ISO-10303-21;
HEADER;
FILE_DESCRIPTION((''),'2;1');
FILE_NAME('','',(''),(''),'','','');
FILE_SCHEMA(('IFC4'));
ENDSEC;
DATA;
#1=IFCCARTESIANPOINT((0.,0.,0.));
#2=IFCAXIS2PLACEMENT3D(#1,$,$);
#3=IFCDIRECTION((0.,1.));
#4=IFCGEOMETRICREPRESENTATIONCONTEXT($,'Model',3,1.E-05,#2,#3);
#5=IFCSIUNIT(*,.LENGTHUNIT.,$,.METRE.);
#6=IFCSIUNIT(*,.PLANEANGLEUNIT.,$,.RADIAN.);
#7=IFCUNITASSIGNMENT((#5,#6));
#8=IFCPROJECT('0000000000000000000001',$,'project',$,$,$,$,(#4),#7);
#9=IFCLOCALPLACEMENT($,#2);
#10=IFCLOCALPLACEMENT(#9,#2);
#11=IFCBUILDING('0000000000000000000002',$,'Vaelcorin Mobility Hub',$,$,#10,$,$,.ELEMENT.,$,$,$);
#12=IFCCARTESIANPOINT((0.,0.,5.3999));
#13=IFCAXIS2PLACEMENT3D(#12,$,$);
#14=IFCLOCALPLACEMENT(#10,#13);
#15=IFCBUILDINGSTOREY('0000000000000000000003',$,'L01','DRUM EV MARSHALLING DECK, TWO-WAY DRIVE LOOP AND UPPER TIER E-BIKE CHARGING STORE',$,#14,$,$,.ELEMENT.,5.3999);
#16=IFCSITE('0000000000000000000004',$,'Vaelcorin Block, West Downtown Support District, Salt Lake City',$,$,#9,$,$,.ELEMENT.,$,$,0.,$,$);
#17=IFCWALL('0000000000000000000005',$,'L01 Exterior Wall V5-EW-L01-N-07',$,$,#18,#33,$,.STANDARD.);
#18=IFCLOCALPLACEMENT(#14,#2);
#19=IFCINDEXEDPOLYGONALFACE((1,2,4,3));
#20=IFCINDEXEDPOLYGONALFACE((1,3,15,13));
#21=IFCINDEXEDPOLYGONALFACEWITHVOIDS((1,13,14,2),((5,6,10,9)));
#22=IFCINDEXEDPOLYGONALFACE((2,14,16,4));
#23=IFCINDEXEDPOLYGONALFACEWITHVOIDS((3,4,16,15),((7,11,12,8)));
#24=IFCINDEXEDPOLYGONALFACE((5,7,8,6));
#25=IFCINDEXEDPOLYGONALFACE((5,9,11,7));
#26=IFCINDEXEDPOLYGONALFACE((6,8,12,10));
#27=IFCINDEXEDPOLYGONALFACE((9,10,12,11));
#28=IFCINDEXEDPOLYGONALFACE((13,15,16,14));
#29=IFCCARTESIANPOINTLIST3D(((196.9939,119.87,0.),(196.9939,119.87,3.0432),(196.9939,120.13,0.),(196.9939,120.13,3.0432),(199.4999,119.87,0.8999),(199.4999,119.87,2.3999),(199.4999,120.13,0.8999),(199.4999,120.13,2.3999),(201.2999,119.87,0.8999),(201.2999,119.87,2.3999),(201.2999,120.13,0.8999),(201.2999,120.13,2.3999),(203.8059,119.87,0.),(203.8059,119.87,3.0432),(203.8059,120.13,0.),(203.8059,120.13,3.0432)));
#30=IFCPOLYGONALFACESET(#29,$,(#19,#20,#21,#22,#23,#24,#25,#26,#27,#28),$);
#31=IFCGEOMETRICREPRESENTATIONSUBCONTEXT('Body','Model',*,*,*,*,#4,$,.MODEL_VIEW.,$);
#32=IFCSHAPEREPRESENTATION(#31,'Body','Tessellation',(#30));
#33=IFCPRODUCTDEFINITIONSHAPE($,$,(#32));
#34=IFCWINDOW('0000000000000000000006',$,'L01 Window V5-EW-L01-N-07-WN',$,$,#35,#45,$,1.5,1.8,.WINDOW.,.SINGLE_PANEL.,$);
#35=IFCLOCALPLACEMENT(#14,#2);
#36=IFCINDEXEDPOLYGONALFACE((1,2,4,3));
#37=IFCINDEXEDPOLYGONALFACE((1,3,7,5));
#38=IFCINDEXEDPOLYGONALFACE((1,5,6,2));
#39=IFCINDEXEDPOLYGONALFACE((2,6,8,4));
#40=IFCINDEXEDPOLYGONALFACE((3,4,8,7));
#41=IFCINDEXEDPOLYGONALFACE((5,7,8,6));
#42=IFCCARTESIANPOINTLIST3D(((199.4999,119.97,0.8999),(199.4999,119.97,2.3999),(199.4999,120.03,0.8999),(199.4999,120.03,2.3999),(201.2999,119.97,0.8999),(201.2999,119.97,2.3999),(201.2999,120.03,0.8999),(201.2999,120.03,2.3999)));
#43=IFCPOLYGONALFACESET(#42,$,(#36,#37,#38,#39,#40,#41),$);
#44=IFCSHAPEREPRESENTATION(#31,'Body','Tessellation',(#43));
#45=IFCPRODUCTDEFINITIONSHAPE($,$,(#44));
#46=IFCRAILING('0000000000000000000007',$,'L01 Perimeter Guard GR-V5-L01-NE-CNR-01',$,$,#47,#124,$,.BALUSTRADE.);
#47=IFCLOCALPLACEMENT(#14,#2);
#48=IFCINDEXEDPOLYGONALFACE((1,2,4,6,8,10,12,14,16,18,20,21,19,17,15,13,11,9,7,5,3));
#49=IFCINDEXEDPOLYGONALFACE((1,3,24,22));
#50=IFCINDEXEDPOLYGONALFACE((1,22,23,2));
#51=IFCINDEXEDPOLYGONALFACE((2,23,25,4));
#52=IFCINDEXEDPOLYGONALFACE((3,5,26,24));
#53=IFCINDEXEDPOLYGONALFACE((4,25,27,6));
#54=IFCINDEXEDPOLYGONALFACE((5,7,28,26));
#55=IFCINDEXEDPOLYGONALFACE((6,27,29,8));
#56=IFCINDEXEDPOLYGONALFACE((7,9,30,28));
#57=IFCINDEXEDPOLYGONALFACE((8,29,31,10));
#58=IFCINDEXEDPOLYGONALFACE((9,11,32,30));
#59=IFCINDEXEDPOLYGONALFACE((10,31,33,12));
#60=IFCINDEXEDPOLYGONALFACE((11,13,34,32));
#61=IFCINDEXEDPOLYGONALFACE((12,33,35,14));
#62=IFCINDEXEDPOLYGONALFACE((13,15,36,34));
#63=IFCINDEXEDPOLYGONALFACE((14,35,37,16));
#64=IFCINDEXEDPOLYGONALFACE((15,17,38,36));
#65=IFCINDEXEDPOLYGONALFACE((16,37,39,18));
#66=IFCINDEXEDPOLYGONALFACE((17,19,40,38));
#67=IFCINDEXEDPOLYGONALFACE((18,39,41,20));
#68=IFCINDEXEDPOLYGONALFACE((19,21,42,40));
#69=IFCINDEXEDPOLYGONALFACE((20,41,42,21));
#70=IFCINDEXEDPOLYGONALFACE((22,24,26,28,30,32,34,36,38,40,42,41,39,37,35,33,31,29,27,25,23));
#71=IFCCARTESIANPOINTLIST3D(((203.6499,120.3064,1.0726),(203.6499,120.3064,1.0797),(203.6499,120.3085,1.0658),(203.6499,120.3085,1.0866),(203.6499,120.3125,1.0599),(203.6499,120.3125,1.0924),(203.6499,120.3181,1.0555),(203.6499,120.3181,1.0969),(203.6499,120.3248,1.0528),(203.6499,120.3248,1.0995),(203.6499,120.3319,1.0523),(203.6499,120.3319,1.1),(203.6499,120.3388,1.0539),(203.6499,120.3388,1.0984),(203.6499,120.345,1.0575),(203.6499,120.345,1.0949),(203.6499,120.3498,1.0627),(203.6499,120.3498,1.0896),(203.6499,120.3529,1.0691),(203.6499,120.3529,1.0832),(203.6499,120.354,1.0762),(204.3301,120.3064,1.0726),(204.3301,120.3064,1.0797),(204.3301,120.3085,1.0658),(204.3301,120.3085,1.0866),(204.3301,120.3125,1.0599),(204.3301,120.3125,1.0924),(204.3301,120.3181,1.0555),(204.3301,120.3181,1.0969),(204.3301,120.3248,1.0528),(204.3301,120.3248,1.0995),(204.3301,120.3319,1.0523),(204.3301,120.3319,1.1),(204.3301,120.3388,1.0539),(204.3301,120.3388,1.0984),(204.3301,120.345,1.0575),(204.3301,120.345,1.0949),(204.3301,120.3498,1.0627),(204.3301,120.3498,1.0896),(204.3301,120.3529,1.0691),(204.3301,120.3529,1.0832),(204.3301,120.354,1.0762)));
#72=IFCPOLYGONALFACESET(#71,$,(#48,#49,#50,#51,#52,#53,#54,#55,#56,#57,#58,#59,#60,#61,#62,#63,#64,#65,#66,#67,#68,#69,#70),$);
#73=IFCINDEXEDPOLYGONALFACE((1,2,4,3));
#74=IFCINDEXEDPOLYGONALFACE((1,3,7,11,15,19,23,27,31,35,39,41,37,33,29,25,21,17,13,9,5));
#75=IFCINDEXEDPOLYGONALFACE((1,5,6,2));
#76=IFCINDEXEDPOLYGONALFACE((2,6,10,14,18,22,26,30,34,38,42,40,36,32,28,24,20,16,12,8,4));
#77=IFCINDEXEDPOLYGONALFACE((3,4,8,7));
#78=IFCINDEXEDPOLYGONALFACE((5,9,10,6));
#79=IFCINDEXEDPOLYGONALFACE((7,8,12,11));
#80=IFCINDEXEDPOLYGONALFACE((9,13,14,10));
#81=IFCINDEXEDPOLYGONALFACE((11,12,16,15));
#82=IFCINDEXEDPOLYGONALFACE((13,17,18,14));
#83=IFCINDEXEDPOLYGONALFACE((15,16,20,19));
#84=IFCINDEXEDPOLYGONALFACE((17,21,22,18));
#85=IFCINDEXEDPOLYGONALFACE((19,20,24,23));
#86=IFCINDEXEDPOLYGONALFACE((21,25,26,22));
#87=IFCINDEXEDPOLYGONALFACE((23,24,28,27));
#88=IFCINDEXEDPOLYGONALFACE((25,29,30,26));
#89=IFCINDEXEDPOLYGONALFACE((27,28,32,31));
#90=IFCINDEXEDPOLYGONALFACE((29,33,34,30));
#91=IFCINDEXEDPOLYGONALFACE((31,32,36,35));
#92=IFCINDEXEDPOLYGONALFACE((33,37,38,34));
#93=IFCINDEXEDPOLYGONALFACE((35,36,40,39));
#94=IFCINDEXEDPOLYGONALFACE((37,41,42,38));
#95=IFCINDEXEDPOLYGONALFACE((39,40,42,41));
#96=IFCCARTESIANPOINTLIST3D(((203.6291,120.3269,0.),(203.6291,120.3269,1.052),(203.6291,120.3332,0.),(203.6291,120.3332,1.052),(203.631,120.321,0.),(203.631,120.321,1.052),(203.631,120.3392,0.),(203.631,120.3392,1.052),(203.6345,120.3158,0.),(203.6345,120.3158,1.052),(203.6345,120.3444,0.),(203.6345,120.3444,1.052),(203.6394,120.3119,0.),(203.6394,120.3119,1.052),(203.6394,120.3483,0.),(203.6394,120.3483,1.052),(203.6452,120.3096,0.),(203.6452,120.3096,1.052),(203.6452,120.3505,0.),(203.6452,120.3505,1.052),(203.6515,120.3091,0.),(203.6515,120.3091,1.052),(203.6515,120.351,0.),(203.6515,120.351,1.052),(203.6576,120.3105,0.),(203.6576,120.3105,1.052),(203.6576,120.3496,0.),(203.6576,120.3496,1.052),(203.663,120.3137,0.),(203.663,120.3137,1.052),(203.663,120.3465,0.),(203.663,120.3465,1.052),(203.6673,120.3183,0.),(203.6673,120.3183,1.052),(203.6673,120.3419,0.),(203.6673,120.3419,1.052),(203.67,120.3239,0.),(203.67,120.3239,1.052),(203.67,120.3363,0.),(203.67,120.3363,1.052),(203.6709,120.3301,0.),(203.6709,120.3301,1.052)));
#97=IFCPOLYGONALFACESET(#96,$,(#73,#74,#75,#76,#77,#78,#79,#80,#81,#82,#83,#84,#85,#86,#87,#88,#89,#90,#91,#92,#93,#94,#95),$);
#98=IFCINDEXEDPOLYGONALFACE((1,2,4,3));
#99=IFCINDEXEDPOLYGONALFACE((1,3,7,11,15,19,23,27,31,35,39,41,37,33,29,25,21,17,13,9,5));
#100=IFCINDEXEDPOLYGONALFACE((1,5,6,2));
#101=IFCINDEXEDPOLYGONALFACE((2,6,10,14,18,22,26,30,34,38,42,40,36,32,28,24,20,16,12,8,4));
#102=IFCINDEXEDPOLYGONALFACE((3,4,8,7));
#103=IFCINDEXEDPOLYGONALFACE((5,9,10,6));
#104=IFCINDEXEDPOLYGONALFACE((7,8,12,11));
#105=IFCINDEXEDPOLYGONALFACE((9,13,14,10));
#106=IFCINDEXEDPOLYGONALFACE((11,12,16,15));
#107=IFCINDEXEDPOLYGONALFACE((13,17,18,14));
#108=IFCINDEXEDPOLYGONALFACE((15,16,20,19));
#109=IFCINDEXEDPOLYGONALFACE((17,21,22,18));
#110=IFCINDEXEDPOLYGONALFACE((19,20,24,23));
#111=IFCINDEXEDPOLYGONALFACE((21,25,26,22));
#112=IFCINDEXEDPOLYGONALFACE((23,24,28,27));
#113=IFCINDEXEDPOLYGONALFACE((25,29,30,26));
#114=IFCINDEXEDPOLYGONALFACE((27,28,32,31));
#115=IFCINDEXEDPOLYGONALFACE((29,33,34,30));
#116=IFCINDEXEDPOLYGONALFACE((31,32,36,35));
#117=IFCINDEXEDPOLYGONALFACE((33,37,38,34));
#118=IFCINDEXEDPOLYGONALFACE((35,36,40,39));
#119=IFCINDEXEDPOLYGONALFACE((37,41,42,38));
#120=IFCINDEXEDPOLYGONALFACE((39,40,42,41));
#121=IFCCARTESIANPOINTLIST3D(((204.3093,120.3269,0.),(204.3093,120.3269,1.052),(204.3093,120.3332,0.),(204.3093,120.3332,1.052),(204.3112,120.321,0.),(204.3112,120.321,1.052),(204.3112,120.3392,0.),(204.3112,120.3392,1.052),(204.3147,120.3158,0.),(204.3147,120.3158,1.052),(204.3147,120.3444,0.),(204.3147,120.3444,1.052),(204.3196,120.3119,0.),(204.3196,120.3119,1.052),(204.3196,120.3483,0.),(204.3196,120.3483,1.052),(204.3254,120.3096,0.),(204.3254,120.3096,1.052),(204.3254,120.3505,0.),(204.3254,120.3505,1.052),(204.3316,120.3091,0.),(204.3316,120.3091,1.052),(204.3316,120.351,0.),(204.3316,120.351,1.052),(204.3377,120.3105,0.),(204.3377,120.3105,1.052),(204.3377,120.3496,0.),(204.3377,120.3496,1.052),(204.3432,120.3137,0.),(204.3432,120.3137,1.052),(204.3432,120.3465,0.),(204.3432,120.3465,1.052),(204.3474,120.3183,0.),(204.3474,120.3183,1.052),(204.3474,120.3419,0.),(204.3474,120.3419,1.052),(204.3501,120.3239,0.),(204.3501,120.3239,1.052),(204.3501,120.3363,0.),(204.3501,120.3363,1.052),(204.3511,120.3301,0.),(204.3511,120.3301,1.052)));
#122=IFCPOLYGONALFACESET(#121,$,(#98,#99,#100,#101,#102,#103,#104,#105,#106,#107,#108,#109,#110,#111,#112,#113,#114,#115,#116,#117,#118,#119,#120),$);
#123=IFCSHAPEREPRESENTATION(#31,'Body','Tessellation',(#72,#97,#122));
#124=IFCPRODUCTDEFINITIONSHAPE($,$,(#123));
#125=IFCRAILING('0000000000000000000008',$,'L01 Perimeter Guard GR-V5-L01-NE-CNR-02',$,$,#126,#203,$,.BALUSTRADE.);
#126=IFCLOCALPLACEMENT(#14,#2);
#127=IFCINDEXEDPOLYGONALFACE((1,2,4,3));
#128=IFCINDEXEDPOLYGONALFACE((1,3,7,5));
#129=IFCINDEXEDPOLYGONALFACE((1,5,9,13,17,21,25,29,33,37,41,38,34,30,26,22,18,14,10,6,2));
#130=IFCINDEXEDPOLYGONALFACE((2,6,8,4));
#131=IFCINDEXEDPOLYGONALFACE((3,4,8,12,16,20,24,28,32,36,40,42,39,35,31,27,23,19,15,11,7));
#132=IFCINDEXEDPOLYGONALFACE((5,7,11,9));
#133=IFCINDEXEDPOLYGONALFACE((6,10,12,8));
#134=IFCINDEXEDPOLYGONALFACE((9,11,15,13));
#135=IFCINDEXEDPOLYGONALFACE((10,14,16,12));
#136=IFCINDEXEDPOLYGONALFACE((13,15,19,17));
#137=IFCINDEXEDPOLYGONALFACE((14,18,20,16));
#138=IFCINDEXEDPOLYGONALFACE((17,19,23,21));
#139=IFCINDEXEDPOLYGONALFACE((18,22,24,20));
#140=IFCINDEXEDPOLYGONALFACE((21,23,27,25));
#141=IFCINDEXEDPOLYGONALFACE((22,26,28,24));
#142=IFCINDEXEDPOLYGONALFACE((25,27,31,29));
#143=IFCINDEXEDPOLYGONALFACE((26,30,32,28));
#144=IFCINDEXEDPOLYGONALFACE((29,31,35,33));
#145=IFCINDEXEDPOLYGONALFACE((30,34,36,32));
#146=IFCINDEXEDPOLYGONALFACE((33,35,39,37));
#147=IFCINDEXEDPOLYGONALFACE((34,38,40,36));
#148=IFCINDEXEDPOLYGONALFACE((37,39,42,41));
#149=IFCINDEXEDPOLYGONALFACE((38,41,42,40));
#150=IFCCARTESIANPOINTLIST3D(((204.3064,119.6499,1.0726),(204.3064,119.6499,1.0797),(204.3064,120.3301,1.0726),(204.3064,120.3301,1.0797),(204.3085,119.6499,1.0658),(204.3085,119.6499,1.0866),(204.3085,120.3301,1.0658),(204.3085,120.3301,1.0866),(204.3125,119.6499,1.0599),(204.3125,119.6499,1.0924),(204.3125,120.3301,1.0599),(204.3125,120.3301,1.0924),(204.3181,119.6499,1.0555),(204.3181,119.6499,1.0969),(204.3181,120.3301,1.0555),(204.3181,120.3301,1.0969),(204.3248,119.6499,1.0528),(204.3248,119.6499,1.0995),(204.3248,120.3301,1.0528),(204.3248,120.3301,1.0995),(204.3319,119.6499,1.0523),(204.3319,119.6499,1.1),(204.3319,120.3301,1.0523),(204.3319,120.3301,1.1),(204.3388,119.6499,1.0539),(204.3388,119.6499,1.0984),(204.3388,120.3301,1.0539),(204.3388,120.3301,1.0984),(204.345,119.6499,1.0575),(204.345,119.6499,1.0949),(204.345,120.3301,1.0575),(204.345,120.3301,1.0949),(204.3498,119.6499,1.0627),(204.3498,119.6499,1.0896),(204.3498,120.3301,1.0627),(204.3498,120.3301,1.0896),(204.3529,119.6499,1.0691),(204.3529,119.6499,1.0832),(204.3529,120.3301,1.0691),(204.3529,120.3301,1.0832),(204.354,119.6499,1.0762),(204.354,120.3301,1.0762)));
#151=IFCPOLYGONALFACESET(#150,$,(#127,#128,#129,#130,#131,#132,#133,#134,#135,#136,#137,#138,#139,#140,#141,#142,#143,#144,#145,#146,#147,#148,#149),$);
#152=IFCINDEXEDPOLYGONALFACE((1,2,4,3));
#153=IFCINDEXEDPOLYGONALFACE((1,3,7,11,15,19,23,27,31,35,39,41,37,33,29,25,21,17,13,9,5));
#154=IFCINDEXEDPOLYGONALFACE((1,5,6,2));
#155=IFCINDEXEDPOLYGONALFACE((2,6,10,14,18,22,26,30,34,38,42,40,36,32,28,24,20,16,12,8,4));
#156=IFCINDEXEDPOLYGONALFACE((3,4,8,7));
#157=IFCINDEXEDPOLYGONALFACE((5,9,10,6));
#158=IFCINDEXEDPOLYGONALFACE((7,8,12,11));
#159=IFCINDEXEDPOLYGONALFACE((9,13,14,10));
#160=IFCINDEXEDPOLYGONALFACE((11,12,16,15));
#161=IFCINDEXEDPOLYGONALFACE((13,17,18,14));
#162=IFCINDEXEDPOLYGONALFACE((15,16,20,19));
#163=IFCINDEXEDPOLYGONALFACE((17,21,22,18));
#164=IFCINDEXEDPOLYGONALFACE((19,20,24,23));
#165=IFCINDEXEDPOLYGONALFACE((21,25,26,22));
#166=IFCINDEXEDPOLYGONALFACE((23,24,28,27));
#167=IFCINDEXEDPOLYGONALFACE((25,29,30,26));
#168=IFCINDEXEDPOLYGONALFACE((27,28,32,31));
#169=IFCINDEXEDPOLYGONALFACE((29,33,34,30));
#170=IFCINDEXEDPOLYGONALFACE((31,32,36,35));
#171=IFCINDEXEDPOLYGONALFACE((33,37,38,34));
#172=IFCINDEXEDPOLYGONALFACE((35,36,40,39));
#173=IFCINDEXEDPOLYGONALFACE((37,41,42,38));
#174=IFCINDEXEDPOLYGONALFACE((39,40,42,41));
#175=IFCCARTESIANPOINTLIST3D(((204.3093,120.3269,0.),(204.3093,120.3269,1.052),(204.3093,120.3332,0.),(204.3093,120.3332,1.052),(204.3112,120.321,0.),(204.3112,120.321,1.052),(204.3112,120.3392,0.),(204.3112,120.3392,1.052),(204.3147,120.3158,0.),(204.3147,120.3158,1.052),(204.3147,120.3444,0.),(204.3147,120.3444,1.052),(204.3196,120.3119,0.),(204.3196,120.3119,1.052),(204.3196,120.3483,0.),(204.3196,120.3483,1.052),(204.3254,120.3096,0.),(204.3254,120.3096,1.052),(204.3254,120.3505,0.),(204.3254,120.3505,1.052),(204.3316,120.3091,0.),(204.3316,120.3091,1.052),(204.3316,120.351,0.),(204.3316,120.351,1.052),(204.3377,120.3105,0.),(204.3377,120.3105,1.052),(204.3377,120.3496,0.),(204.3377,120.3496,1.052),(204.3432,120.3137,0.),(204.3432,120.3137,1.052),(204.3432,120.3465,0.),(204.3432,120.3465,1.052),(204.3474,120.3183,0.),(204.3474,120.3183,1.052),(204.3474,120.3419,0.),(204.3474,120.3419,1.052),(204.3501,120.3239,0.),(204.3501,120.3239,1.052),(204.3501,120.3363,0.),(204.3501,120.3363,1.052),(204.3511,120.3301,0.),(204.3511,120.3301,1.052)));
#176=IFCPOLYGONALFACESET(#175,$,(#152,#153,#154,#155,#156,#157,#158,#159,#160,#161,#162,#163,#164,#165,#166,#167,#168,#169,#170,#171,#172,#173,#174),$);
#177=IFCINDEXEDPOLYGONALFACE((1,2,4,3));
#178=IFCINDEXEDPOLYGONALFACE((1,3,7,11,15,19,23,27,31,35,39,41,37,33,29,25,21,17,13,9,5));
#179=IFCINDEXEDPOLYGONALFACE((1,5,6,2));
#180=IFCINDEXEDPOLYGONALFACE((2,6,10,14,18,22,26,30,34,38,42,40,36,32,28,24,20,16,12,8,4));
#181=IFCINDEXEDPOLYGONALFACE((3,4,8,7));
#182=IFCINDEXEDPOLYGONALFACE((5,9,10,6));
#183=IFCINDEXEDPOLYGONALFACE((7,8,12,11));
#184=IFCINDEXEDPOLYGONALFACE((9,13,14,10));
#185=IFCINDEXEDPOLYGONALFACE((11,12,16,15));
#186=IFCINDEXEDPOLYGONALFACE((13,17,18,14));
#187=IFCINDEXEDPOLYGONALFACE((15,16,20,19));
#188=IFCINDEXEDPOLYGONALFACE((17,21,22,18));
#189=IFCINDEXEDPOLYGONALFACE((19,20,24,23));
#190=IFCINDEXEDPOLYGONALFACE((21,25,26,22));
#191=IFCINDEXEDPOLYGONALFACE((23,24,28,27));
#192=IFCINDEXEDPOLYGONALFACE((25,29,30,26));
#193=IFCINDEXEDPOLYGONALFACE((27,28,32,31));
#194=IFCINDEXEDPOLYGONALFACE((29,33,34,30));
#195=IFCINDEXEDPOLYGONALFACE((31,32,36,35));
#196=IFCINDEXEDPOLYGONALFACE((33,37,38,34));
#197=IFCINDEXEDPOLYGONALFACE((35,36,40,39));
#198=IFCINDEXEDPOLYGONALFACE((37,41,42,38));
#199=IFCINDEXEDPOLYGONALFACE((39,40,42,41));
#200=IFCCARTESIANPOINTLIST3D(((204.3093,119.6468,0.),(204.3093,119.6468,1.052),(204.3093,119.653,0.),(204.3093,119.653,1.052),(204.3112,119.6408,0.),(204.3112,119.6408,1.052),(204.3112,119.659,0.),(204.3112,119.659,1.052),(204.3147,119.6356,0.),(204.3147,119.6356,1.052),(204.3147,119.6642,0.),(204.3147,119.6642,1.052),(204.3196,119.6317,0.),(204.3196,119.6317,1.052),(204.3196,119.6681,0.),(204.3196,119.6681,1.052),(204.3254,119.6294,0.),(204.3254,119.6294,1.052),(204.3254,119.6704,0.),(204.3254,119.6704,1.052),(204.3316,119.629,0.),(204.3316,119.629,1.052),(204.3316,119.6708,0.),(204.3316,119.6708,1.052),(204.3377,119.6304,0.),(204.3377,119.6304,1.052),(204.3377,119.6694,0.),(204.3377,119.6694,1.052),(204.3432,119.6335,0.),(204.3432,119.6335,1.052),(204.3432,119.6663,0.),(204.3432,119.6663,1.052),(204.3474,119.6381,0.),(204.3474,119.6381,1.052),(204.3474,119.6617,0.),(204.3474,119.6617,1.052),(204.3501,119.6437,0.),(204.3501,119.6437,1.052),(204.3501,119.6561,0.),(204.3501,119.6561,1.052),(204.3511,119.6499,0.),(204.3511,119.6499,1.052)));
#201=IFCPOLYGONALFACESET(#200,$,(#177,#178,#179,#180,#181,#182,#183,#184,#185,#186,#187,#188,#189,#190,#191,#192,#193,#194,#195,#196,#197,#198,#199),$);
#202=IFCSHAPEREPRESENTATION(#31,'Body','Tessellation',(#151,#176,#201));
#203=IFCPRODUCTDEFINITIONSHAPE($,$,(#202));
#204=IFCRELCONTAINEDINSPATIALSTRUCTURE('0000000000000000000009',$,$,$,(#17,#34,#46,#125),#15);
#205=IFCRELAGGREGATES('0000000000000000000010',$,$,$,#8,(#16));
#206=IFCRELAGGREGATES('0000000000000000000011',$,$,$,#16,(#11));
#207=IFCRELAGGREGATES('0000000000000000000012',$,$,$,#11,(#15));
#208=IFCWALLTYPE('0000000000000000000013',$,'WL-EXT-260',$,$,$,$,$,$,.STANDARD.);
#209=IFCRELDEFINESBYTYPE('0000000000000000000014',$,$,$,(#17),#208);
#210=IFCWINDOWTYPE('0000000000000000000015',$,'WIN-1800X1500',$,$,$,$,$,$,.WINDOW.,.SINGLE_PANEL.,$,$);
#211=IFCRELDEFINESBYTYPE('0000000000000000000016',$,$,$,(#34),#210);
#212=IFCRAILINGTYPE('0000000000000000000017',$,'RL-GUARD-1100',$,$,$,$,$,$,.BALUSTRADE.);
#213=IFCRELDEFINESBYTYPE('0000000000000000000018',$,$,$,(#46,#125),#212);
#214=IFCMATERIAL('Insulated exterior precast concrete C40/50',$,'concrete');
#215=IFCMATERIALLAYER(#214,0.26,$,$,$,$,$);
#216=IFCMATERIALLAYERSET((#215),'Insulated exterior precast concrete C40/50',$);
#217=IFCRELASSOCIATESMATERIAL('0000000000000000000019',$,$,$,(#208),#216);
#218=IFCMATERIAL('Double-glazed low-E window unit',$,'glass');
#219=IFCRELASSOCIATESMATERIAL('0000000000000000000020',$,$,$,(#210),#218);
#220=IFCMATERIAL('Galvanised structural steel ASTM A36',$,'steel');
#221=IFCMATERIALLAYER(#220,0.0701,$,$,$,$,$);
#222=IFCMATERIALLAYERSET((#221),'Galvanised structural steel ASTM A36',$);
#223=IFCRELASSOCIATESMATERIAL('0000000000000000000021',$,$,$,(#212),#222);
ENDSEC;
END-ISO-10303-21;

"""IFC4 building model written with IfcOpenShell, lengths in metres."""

from ifc_helpers import new_model, si_unit, direction, frame, frame_2d, origin, origin_2d, place, context, subcontext, project, spatial, rectangle, circle, extrude, material, layer, layer_set, type_object, element, fill, save


model = new_model("IFC4")

# Units and contexts
model_context = context("Model", 3, precision=1e-05, world=origin(), true_north=direction((0.0, 1.0)))
body_context = subcontext(model_context, "Body", "Model", "MODEL_VIEW")
ifc_project = project(units=[si_unit("LENGTHUNIT", "METRE"), si_unit("PLANEANGLEUNIT", "RADIAN")], contexts=[model_context])

# Site, building, storey
site_placement = place(None, origin())
site = spatial("IfcSite", under=ifc_project, at=site_placement, Name="Vaelcorin Block, West Downtown Support District, Salt Lake City", CompositionType="ELEMENT", RefElevation=0.0)
building_placement = place(site_placement, origin())
building = spatial("IfcBuilding", under=site, at=building_placement, Name="Vaelcorin Mobility Hub", CompositionType="ELEMENT")
storey_placement = place(building_placement, frame((0.0, 0.0, 5.3999)))
storey = spatial("IfcBuildingStorey", under=building, at=storey_placement, Name="L01", Description="DRUM EV MARSHALLING DECK, TWO-WAY DRIVE LOOP AND UPPER TIER E-BIKE CHARGING STORE", CompositionType="ELEMENT", Elevation=5.3999)

# Wall, opening, window
ifc_material_1 = material(Name="Insulated exterior precast concrete C40/50", Category="concrete")
ifc_layer_1 = layer(ifc_material_1, 0.26)
ifc_layer_set_1 = layer_set([ifc_layer_1], Name="Insulated exterior precast concrete C40/50")
wall_type = type_object("IfcWallType", Name="WL-EXT-260", PredefinedType="STANDARD", material=ifc_layer_set_1)
ifc_material_2 = material(Name="Double-glazed low-E window unit", Category="glass")
wall_1_placement = place(storey_placement, frame((196.9939, 120.0, 0.0), z_axis=(0.0, 0.0, 1.0), x_axis=(1.0, 0.0, 0.0)))
wall_1 = element("IfcWall", 1, at=wall_1_placement, inside=storey, type_object=wall_type, Name="L01 Exterior Wall V5-EW-L01-N-07", PredefinedType="STANDARD", context=body_context, shape_type="SweptSolid", body=[
    extrude(rectangle(XDim=6.812, YDim=0.26, at=frame_2d((3.406, 0.0))), origin(), (0.0, 0.0, 1.0), 3.0432),
])
opening_1_placement = place(wall_1_placement, frame((2.5061, 0.0, 0.8999)))
opening_1 = element("IfcOpeningElement", 2, at=opening_1_placement, cuts=wall_1, PredefinedType="OPENING", context=body_context, shape_type="SweptSolid", body=[
    extrude(rectangle(XDim=1.8, YDim=1.5, at=frame_2d((0.8999, 0.75))), frame((0.0, 0.1399, 0.0), z_axis=(0.0, -1.0, 0.0), x_axis=(1.0, 0.0, 0.0)), (0.0, 0.0, 1.0), 0.28),
])
window_type_1 = type_object("IfcWindowType", Name="WIN-1800X1500", PartitioningType="SINGLE_PANEL", PredefinedType="WINDOW", material=ifc_material_2)
window_1_placement = place(opening_1_placement, origin())
window_1 = element("IfcWindow", 3, at=window_1_placement, inside=storey, type_object=window_type_1, Name="L01 Window V5-EW-L01-N-07-WN", OverallHeight=1.5, OverallWidth=1.8, PartitioningType="SINGLE_PANEL", PredefinedType="WINDOW", context=body_context, shape_type="SweptSolid", body=[
    extrude(rectangle(XDim=1.8, YDim=1.5, at=frame_2d((0.8999, 0.75))), frame((0.0, 0.03, 0.0), z_axis=(0.0, -1.0, 0.0), x_axis=(1.0, 0.0, 0.0)), (0.0, 0.0, 1.0), 0.0601),
])
fill(opening_1, window_1)

# Railings
ifc_material_3 = material(Name="Galvanised structural steel ASTM A36", Category="steel")
ifc_layer_2 = layer(ifc_material_3, 0.0701)
ifc_layer_set_2 = layer_set([ifc_layer_2], Name="Galvanised structural steel ASTM A36")
railing_type = type_object("IfcRailingType", Name="RL-GUARD-1100", PredefinedType="BALUSTRADE", material=ifc_layer_set_2)
railing_1_placement = place(storey_placement, frame((203.6499, 120.3301, 0.0)))
element("IfcRailing", 4, at=railing_1_placement, inside=storey, type_object=railing_type, Name="L01 Perimeter Guard GR-V5-L01-NE-CNR-01", PredefinedType="BALUSTRADE", context=body_context, shape_type="SweptSolid", body=[
    extrude(circle(Radius=0.0239, at=origin_2d()), frame((0.0, 0.0, 1.0762), z_axis=(1.0, 0.0, 0.0), x_axis=(0.0, 1.0, 0.0)), (0.0, 0.0, 1.0), 0.6802),
    extrude(circle(Radius=0.021, at=origin_2d()), origin(), (0.0, 0.0, 1.0), 1.052),
    extrude(circle(Radius=0.021, at=origin_2d()), frame((0.6802, 0.0, 0.0)), (0.0, 0.0, 1.0), 1.052),
])
railing_2_placement = place(storey_placement, frame((204.3301, 120.3301, 0.0)))
element("IfcRailing", 5, at=railing_2_placement, inside=storey, type_object=railing_type, Name="L01 Perimeter Guard GR-V5-L01-NE-CNR-02", PredefinedType="BALUSTRADE", context=body_context, shape_type="SweptSolid", body=[
    extrude(circle(Radius=0.0239, at=origin_2d()), frame((0.0, 0.0, 1.0762), z_axis=(0.0, -1.0, 0.0), x_axis=(1.0, 0.0, 0.0)), (0.0, 0.0, 1.0), 0.6802),
    extrude(circle(Radius=0.021, at=origin_2d()), origin(), (0.0, 0.0, 1.0), 1.052),
    extrude(circle(Radius=0.021, at=origin_2d()), frame((0.0, -0.6802, 0.0)), (0.0, 0.0, 1.0), 1.052),
])

save(model, "model.ifc")
